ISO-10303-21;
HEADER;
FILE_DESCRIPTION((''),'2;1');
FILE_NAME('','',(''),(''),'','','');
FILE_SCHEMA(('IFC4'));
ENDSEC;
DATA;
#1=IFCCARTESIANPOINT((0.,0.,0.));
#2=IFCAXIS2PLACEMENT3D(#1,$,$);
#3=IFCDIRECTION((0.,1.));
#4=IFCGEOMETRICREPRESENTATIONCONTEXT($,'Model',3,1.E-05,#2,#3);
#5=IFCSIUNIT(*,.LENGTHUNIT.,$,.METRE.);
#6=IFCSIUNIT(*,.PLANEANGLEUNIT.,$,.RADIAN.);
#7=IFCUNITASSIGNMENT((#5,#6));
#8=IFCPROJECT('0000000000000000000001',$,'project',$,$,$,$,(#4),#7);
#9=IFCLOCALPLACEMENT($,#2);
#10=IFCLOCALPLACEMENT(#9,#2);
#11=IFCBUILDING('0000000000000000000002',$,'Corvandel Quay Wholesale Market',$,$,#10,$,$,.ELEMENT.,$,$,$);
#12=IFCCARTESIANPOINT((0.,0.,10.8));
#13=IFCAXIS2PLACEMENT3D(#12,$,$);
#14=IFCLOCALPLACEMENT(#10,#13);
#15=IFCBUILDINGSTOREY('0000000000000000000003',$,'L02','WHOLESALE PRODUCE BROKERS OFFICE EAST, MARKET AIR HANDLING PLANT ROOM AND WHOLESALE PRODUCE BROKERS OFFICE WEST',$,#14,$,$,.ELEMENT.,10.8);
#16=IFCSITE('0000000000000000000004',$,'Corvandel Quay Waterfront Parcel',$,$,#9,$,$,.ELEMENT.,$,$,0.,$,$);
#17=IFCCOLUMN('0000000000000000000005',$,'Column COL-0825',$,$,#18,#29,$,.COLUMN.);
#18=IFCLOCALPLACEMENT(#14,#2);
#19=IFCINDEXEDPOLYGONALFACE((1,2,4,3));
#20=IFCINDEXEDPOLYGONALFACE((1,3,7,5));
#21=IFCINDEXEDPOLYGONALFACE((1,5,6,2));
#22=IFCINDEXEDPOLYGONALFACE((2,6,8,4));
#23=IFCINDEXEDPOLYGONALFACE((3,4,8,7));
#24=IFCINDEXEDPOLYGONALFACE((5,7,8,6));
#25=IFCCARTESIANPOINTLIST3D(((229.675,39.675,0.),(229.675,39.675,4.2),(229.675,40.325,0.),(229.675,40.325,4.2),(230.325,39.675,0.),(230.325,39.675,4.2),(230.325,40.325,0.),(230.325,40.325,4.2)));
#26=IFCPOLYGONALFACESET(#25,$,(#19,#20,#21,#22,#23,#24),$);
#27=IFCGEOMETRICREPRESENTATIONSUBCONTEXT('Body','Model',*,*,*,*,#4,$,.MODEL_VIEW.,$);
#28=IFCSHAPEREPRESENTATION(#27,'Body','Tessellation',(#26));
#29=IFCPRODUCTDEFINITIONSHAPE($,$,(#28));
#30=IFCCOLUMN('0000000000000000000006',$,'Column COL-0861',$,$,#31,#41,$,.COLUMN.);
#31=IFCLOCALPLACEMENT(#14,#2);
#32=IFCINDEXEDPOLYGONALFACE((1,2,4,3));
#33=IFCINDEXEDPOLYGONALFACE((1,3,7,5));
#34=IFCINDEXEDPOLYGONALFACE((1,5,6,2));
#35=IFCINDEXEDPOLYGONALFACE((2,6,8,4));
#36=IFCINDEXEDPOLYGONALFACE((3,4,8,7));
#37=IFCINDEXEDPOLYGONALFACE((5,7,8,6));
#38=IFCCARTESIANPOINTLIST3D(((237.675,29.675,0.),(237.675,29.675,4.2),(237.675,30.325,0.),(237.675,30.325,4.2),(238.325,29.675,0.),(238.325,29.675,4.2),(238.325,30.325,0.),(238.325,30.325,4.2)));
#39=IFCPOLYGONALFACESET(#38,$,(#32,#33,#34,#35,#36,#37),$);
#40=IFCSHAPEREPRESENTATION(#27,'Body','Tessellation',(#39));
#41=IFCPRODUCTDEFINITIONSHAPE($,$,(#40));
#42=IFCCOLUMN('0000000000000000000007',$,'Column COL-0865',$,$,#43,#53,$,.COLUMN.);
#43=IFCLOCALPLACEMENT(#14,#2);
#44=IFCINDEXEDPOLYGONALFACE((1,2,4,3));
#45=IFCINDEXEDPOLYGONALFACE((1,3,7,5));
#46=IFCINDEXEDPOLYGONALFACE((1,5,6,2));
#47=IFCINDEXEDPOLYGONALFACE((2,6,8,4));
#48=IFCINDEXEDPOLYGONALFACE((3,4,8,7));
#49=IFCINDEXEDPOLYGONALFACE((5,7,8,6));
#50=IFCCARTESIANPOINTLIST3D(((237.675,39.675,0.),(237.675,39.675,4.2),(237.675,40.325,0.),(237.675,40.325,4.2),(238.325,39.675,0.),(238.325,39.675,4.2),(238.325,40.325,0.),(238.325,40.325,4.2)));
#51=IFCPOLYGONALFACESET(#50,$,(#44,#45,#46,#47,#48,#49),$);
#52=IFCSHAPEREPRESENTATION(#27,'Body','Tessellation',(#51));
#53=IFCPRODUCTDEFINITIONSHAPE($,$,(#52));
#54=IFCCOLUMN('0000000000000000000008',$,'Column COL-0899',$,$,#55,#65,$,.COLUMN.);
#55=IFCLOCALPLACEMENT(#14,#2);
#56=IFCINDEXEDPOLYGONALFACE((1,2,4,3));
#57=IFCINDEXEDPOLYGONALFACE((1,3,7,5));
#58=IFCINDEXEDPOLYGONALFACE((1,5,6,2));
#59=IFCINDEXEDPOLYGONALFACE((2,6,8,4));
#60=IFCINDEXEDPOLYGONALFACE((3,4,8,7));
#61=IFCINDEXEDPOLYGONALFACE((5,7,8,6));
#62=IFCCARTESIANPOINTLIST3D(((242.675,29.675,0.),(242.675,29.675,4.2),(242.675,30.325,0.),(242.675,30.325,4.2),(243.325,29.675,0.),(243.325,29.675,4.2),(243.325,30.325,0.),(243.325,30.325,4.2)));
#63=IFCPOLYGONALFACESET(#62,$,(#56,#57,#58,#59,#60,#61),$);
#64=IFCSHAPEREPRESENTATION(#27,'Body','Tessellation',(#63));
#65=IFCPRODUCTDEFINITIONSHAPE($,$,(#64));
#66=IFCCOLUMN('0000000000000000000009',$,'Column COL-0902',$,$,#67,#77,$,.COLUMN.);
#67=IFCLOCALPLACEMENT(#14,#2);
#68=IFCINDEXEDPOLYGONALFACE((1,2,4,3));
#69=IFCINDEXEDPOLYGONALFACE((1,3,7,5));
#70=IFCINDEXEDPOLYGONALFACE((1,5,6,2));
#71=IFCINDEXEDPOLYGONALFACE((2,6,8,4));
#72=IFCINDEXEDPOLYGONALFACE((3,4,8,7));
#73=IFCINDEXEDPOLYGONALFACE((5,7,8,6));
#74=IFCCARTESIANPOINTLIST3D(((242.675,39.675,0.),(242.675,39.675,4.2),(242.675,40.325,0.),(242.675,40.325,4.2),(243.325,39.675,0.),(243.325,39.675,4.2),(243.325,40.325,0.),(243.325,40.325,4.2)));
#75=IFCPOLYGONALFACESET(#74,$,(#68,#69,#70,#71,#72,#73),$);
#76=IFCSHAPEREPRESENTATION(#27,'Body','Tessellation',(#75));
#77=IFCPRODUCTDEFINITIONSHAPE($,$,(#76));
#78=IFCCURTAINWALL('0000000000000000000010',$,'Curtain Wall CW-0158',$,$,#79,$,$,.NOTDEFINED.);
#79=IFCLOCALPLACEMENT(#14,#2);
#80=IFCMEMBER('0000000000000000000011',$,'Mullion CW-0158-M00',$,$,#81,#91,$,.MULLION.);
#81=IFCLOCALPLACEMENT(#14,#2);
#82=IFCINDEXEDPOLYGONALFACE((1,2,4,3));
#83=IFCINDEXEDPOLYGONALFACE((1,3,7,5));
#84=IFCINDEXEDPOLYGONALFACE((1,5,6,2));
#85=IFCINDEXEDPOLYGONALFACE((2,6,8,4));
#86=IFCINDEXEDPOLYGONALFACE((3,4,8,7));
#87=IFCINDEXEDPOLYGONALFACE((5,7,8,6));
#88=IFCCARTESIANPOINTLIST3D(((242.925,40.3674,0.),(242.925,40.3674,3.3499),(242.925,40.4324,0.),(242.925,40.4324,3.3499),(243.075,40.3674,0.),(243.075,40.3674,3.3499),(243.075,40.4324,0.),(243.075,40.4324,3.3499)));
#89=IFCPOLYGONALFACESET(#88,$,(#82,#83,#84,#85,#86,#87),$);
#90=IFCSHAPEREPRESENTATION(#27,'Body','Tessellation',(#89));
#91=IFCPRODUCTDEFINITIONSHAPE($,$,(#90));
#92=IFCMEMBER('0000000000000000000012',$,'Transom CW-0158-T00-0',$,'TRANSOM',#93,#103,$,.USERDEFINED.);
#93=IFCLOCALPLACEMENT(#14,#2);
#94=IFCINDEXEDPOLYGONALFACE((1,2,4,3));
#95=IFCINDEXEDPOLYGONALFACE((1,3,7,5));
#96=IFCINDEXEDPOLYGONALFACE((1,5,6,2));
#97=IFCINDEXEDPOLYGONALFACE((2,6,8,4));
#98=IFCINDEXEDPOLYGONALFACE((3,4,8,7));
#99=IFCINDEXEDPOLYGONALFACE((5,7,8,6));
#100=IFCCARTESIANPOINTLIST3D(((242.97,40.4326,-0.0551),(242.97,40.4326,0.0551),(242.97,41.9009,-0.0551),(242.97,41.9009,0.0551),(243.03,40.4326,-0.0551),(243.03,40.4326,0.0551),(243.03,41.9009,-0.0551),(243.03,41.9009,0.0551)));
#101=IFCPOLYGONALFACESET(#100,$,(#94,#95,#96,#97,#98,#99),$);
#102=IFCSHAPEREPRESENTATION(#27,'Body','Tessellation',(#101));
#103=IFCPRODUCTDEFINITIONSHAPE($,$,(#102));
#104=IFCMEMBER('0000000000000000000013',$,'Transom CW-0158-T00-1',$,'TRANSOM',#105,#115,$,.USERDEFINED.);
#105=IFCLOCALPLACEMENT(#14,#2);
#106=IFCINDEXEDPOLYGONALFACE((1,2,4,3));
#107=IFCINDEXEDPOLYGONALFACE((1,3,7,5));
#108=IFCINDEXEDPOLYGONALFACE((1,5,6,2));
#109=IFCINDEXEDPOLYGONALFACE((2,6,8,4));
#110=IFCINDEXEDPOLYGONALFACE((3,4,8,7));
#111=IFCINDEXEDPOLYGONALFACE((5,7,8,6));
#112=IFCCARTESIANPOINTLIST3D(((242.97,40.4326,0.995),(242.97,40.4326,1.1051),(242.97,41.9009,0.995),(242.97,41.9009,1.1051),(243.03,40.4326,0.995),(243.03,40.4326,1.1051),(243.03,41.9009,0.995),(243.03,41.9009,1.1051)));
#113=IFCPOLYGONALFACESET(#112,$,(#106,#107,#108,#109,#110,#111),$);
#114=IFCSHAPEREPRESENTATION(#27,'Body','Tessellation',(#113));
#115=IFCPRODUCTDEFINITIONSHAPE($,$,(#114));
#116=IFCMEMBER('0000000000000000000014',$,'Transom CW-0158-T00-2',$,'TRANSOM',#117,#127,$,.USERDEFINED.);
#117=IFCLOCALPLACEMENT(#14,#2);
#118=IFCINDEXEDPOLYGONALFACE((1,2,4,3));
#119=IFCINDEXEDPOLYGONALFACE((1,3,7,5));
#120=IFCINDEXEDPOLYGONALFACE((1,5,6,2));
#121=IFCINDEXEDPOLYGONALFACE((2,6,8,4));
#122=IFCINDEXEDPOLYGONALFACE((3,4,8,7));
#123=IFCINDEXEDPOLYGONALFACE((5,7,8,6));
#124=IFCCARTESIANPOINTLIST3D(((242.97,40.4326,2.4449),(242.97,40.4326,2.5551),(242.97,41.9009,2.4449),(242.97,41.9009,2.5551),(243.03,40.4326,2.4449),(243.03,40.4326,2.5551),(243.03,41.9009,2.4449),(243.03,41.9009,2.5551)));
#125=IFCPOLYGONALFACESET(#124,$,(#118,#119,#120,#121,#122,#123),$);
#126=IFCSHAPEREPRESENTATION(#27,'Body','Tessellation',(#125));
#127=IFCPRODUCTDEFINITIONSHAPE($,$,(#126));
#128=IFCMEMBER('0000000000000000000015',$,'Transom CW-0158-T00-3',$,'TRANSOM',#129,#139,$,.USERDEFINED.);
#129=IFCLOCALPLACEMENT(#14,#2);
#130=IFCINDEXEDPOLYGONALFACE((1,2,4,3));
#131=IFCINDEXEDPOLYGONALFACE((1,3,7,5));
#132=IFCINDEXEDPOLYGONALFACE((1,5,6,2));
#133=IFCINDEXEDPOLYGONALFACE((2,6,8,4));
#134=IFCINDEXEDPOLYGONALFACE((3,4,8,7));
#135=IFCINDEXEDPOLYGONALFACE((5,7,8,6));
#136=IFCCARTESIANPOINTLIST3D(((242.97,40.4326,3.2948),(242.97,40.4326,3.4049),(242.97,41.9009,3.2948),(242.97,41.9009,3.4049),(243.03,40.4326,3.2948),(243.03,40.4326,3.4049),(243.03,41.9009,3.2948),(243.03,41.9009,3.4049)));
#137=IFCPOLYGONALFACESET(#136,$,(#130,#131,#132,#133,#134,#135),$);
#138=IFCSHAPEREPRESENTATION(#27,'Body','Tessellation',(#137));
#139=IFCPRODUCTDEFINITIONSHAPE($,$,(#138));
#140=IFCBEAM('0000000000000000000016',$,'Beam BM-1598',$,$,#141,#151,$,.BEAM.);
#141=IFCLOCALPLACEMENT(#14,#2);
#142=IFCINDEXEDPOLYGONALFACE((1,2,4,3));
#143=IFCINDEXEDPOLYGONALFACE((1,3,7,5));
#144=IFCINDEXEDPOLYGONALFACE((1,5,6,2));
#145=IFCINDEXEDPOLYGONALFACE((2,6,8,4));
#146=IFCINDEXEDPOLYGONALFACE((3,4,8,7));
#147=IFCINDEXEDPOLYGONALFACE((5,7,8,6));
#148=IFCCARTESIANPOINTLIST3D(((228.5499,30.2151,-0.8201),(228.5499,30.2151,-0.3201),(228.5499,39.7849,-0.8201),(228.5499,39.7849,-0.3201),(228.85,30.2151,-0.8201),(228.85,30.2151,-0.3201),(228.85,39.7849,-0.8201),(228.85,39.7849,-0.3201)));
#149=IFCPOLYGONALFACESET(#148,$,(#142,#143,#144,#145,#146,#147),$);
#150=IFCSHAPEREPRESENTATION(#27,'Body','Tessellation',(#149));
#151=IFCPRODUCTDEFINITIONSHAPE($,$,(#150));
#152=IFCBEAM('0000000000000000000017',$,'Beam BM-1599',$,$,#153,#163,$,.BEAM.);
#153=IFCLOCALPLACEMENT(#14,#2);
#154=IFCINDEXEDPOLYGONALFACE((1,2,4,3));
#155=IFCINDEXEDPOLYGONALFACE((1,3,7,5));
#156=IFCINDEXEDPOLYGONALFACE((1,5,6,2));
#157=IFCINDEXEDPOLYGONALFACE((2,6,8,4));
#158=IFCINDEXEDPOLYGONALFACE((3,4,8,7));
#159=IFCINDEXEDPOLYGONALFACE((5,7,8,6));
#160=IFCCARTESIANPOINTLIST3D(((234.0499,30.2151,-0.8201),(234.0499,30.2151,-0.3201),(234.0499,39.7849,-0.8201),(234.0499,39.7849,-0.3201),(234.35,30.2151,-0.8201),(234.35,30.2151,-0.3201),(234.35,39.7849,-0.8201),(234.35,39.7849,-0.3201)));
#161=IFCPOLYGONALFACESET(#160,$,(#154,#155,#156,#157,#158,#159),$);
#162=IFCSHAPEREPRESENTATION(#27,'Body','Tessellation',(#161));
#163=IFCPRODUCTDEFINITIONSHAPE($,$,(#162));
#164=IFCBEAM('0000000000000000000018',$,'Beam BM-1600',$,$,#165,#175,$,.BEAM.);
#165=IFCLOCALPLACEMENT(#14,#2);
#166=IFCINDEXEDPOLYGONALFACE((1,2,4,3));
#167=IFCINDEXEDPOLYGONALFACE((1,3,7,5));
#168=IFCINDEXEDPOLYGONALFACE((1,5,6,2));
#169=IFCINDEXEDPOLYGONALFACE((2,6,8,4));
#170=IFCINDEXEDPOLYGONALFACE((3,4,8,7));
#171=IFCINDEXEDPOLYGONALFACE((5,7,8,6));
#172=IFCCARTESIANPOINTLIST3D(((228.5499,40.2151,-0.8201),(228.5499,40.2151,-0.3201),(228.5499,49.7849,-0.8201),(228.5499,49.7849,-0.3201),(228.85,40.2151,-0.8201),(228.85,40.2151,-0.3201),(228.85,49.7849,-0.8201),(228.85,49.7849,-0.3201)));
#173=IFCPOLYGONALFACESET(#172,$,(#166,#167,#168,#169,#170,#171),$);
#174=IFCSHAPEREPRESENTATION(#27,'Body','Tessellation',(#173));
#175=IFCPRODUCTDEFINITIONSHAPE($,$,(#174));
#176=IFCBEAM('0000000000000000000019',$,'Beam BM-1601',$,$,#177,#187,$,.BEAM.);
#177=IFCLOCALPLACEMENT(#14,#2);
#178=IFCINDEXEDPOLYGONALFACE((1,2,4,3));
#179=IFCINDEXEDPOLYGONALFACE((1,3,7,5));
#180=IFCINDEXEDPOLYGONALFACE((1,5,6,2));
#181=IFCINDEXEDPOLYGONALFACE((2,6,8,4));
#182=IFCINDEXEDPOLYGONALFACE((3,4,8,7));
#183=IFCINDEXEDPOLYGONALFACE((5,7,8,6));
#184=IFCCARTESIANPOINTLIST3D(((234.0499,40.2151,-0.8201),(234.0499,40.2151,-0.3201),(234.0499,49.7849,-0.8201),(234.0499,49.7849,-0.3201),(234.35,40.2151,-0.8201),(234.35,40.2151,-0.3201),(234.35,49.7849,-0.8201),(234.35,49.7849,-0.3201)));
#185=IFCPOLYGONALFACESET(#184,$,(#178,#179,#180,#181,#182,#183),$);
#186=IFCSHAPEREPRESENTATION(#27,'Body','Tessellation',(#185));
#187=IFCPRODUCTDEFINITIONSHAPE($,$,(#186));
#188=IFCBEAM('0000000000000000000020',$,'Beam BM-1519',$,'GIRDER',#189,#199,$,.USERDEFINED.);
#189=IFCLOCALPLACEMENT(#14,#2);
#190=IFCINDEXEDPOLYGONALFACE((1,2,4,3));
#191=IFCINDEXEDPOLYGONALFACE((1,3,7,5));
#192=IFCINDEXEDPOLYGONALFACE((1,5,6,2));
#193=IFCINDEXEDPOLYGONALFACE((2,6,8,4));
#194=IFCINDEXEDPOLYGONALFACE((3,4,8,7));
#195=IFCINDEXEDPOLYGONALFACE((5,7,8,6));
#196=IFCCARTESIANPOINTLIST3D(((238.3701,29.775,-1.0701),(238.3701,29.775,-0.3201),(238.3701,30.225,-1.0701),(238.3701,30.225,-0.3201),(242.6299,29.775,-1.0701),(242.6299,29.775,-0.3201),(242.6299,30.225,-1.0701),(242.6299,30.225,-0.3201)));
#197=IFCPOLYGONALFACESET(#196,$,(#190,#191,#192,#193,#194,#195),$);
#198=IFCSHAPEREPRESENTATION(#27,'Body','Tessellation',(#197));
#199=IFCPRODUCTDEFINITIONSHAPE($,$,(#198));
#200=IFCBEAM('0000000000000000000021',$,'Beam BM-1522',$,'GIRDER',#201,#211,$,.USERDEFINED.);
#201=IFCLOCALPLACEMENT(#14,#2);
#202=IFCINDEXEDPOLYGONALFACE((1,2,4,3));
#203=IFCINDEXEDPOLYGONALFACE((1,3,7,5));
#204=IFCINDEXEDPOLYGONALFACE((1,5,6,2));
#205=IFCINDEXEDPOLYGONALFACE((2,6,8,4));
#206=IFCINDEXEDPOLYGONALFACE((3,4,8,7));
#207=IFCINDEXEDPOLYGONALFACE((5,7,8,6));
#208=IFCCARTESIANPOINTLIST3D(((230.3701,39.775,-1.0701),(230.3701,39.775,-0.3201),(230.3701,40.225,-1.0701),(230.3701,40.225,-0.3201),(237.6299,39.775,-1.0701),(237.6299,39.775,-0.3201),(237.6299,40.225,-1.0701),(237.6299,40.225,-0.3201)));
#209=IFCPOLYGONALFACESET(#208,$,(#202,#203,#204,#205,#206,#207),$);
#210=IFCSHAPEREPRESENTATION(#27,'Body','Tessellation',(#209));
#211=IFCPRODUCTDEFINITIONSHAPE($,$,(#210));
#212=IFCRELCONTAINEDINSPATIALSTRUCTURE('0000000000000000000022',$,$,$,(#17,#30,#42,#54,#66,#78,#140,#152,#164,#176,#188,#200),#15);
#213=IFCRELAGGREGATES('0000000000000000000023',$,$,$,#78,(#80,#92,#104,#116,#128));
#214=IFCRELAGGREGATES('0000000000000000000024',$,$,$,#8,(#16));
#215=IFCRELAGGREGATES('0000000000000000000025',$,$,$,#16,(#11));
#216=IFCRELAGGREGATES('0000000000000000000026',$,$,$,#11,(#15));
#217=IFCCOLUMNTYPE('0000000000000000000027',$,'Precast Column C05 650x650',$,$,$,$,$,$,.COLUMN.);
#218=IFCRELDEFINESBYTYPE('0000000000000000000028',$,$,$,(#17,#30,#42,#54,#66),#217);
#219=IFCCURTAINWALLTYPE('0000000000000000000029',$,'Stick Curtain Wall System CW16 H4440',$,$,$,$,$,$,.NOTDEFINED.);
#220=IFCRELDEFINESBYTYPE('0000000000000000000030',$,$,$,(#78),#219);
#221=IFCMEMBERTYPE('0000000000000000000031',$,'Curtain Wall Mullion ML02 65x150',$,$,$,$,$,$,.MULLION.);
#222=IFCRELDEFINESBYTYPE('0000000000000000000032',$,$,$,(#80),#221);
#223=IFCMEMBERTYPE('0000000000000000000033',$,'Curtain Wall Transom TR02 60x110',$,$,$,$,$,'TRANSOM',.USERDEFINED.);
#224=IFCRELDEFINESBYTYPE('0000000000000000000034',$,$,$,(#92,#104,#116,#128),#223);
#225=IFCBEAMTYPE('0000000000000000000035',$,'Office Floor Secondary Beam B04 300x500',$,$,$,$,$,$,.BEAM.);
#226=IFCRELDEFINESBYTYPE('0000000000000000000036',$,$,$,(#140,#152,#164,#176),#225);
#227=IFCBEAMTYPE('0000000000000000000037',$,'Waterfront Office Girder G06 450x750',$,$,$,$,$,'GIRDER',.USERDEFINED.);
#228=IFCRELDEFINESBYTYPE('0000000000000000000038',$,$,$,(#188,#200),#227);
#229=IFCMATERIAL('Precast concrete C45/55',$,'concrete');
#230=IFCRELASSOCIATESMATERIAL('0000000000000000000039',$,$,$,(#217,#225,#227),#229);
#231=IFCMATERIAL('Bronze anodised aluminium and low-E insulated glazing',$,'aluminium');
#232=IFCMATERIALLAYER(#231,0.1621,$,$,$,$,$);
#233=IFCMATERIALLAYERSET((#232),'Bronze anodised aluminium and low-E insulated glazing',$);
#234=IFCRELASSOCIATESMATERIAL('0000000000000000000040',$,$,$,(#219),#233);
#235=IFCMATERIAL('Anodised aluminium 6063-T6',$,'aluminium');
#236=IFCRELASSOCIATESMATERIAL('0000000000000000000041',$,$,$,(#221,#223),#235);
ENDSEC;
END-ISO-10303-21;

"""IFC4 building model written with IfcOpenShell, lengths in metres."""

from ifc_helpers import new_model, si_unit, direction, frame, origin, origin_2d, place, context, subcontext, project, spatial, rectangle, extrude, material, layer, layer_set, material_profile, profile_set, type_object, element, aggregate, save


model = new_model("IFC4")

# Units and contexts
model_context = context("Model", 3, precision=1e-05, world=origin(), true_north=direction((0.0, 1.0)))
body_context = subcontext(model_context, "Body", "Model", "MODEL_VIEW")
ifc_project = project(units=[si_unit("LENGTHUNIT", "METRE"), si_unit("PLANEANGLEUNIT", "RADIAN")], contexts=[model_context])

# Site, building, storey
site_placement = place(None, origin())
site = spatial("IfcSite", under=ifc_project, at=site_placement, Name="Corvandel Quay Waterfront Parcel", CompositionType="ELEMENT", RefElevation=0.0)
building_placement = place(site_placement, origin())
building = spatial("IfcBuilding", under=site, at=building_placement, Name="Corvandel Quay Wholesale Market", CompositionType="ELEMENT")
storey_placement = place(building_placement, frame((0.0, 0.0, 10.8)))
storey = spatial("IfcBuildingStorey", under=building, at=storey_placement, Name="L02", Description="WHOLESALE PRODUCE BROKERS OFFICE EAST, MARKET AIR HANDLING PLANT ROOM AND WHOLESALE PRODUCE BROKERS OFFICE WEST", CompositionType="ELEMENT", Elevation=10.8)

# Columns
ifc_material_1 = material(Name="Precast concrete C45/55", Category="concrete")
ifc_material_profile_1 = material_profile(ifc_material_1, rectangle(XDim=0.6499, YDim=0.6499, at=origin_2d()), Name="PC-COL-650x650")
ifc_profile_set_1 = profile_set([ifc_material_profile_1], Name="Precast concrete C45/55")
column_type = type_object("IfcColumnType", Name="Precast Column C05 650x650", PredefinedType="COLUMN", material=ifc_profile_set_1)
for number, where, z_axis, x_axis, name in (
    (1, (230.0, 40.0, 0.0), (0.0, 0.0, 1.0), (1.0, 0.0, 0.0), "Column COL-0825"),
    (2, (238.0, 30.0, 0.0), (0.0, 0.0, 1.0), (1.0, 0.0, 0.0), "Column COL-0861"),
    (3, (238.0, 40.0, 0.0), (0.0, 0.0, 1.0), (1.0, 0.0, 0.0), "Column COL-0865"),
    (4, (243.0, 30.0, 0.0), (0.0, 0.0, 1.0), (1.0, 0.0, 0.0), "Column COL-0899"),
    (5, (243.0, 40.0, 0.0), (0.0, 0.0, 1.0), (1.0, 0.0, 0.0), "Column COL-0902"),
):
    element("IfcColumn", number, at=place(storey_placement, frame(where, z_axis=z_axis, x_axis=x_axis)), inside=storey, type_object=column_type, Name=name, PredefinedType="COLUMN", context=body_context, shape_type="SweptSolid", body=[
        extrude(rectangle(XDim=0.6499, YDim=0.6499, at=origin_2d()), origin(), (0.0, 0.0, 1.0), 4.2),
    ])

# Curtain wall, members
ifc_material_2 = material(Name="Bronze anodised aluminium and low-E insulated glazing", Category="aluminium")
ifc_layer_1 = layer(ifc_material_2, 0.1621)
ifc_layer_set_1 = layer_set([ifc_layer_1], Name="Bronze anodised aluminium and low-E insulated glazing")
curtain_wall_type = type_object("IfcCurtainWallType", Name="Stick Curtain Wall System CW16 H4440", PredefinedType="NOTDEFINED", material=ifc_layer_set_1)
curtain_wall_placement = place(storey_placement, origin())
curtain_wall = element("IfcCurtainWall", 6, at=curtain_wall_placement, inside=storey, type_object=curtain_wall_type, Name="Curtain Wall CW-0158", PredefinedType="NOTDEFINED")
ifc_material_3 = material(Name="Anodised aluminium 6063-T6", Category="aluminium")
ifc_material_profile_2 = material_profile(ifc_material_3, rectangle(XDim=0.0649, YDim=0.1499, at=origin_2d()), Name="ALU-MUL-65x150")
ifc_profile_set_2 = profile_set([ifc_material_profile_2], Name="Anodised aluminium 6063-T6")
member_type_1 = type_object("IfcMemberType", Name="Curtain Wall Mullion ML02 65x150", PredefinedType="MULLION", material=ifc_profile_set_2)
member_1_placement = place(storey_placement, frame((243.0, 40.3999, 0.0), z_axis=(0.0, 0.0, 1.0), x_axis=(0.0, 1.0, 0.0)))
member_1 = element("IfcMember", 7, at=member_1_placement, type_object=member_type_1, Name="Mullion CW-0158-M00", PredefinedType="MULLION", context=body_context, shape_type="SweptSolid", body=[
    extrude(rectangle(XDim=0.0649, YDim=0.1499, at=origin_2d()), origin(), (0.0, 0.0, 1.0), 3.3499),
])
ifc_material_profile_3 = material_profile(ifc_material_3, rectangle(XDim=0.0601, YDim=0.1101, at=origin_2d()), Name="ALU-TRN-60x110")
ifc_profile_set_3 = profile_set([ifc_material_profile_3], Name="Anodised aluminium 6063-T6")
member_type_2 = type_object("IfcMemberType", Name="Curtain Wall Transom TR02 60x110", ElementType="TRANSOM", PredefinedType="USERDEFINED", material=ifc_profile_set_3)
member_2_placement = place(storey_placement, frame((243.0, 40.4326, 0.0), z_axis=(0.0, 1.0, 0.0), x_axis=(-1.0, 0.0, 0.0)))
member_2 = element("IfcMember", 8, at=member_2_placement, type_object=member_type_2, Name="Transom CW-0158-T00-0", ObjectType="TRANSOM", PredefinedType="USERDEFINED", context=body_context, shape_type="SweptSolid", body=[
    extrude(rectangle(XDim=0.0601, YDim=0.1101, at=origin_2d()), origin(), (0.0, 0.0, 1.0), 1.4683),
])
member_3_placement = place(storey_placement, frame((243.0, 40.4326, 1.05), z_axis=(0.0, 1.0, 0.0), x_axis=(-1.0, 0.0, 0.0)))
member_3 = element("IfcMember", 9, at=member_3_placement, type_object=member_type_2, Name="Transom CW-0158-T00-1", ObjectType="TRANSOM", PredefinedType="USERDEFINED", context=body_context, shape_type="SweptSolid", body=[
    extrude(rectangle(XDim=0.0601, YDim=0.1101, at=origin_2d()), origin(), (0.0, 0.0, 1.0), 1.4683),
])
member_4_placement = place(storey_placement, frame((243.0, 40.4326, 2.5), z_axis=(0.0, 1.0, 0.0), x_axis=(-1.0, 0.0, 0.0)))
member_4 = element("IfcMember", 10, at=member_4_placement, type_object=member_type_2, Name="Transom CW-0158-T00-2", ObjectType="TRANSOM", PredefinedType="USERDEFINED", context=body_context, shape_type="SweptSolid", body=[
    extrude(rectangle(XDim=0.0601, YDim=0.1101, at=origin_2d()), origin(), (0.0, 0.0, 1.0), 1.4683),
])
member_5_placement = place(storey_placement, frame((243.0, 40.4326, 3.3499), z_axis=(0.0, 1.0, 0.0), x_axis=(-1.0, 0.0, 0.0)))
member_5 = element("IfcMember", 11, at=member_5_placement, type_object=member_type_2, Name="Transom CW-0158-T00-3", ObjectType="TRANSOM", PredefinedType="USERDEFINED", context=body_context, shape_type="SweptSolid", body=[
    extrude(rectangle(XDim=0.0601, YDim=0.1101, at=origin_2d()), origin(), (0.0, 0.0, 1.0), 1.4683),
])
aggregate(curtain_wall, [member_1, member_2, member_3, member_4, member_5])

# Beams
ifc_material_profile_4 = material_profile(ifc_material_1, rectangle(XDim=0.3, YDim=0.5, at=origin_2d()), Name="PC-BM-300x500")
ifc_profile_set_4 = profile_set([ifc_material_profile_4], Name="Precast concrete C45/55")
beam_type_1 = type_object("IfcBeamType", Name="Office Floor Secondary Beam B04 300x500", PredefinedType="BEAM", material=ifc_profile_set_4)
for number, where, z_axis, x_axis, name in (
    (12, (228.7, 30.2151, -0.5701), (0.0, 1.0, 0.0), (-1.0, 0.0, 0.0), "Beam BM-1598"),
    (13, (234.2, 30.2151, -0.5701), (0.0, 1.0, 0.0), (-1.0, 0.0, 0.0), "Beam BM-1599"),
    (14, (228.7, 40.2151, -0.5701), (0.0, 1.0, 0.0), (-1.0, 0.0, 0.0), "Beam BM-1600"),
    (15, (234.2, 40.2151, -0.5701), (0.0, 1.0, 0.0), (-1.0, 0.0, 0.0), "Beam BM-1601"),
):
    element("IfcBeam", number, at=place(storey_placement, frame(where, z_axis=z_axis, x_axis=x_axis)), inside=storey, type_object=beam_type_1, Name=name, PredefinedType="BEAM", context=body_context, shape_type="SweptSolid", body=[
        extrude(rectangle(XDim=0.3, YDim=0.5, at=origin_2d()), origin(), (0.0, 0.0, 1.0), 9.5698),
    ])
ifc_material_profile_5 = material_profile(ifc_material_1, rectangle(XDim=0.45, YDim=0.75, at=origin_2d()), Name="PC-GIR-450x750")
ifc_profile_set_5 = profile_set([ifc_material_profile_5], Name="Precast concrete C45/55")
beam_type_2 = type_object("IfcBeamType", Name="Waterfront Office Girder G06 450x750", ElementType="GIRDER", PredefinedType="USERDEFINED", material=ifc_profile_set_5)
beam_1_placement = place(storey_placement, frame((238.3701, 30.0, -0.6951), z_axis=(1.0, 0.0, 0.0), x_axis=(0.0, 1.0, 0.0)))
element("IfcBeam", 16, at=beam_1_placement, inside=storey, type_object=beam_type_2, Name="Beam BM-1519", ObjectType="GIRDER", PredefinedType="USERDEFINED", context=body_context, shape_type="SweptSolid", body=[
    extrude(rectangle(XDim=0.45, YDim=0.75, at=origin_2d()), origin(), (0.0, 0.0, 1.0), 4.2598),
])
beam_2_placement = place(storey_placement, frame((230.3701, 40.0, -0.6951), z_axis=(1.0, 0.0, 0.0), x_axis=(0.0, 1.0, 0.0)))
element("IfcBeam", 17, at=beam_2_placement, inside=storey, type_object=beam_type_2, Name="Beam BM-1522", ObjectType="GIRDER", PredefinedType="USERDEFINED", context=body_context, shape_type="SweptSolid", body=[
    extrude(rectangle(XDim=0.45, YDim=0.75, at=origin_2d()), origin(), (0.0, 0.0, 1.0), 7.2598),
])

save(model, "model.ifc")
